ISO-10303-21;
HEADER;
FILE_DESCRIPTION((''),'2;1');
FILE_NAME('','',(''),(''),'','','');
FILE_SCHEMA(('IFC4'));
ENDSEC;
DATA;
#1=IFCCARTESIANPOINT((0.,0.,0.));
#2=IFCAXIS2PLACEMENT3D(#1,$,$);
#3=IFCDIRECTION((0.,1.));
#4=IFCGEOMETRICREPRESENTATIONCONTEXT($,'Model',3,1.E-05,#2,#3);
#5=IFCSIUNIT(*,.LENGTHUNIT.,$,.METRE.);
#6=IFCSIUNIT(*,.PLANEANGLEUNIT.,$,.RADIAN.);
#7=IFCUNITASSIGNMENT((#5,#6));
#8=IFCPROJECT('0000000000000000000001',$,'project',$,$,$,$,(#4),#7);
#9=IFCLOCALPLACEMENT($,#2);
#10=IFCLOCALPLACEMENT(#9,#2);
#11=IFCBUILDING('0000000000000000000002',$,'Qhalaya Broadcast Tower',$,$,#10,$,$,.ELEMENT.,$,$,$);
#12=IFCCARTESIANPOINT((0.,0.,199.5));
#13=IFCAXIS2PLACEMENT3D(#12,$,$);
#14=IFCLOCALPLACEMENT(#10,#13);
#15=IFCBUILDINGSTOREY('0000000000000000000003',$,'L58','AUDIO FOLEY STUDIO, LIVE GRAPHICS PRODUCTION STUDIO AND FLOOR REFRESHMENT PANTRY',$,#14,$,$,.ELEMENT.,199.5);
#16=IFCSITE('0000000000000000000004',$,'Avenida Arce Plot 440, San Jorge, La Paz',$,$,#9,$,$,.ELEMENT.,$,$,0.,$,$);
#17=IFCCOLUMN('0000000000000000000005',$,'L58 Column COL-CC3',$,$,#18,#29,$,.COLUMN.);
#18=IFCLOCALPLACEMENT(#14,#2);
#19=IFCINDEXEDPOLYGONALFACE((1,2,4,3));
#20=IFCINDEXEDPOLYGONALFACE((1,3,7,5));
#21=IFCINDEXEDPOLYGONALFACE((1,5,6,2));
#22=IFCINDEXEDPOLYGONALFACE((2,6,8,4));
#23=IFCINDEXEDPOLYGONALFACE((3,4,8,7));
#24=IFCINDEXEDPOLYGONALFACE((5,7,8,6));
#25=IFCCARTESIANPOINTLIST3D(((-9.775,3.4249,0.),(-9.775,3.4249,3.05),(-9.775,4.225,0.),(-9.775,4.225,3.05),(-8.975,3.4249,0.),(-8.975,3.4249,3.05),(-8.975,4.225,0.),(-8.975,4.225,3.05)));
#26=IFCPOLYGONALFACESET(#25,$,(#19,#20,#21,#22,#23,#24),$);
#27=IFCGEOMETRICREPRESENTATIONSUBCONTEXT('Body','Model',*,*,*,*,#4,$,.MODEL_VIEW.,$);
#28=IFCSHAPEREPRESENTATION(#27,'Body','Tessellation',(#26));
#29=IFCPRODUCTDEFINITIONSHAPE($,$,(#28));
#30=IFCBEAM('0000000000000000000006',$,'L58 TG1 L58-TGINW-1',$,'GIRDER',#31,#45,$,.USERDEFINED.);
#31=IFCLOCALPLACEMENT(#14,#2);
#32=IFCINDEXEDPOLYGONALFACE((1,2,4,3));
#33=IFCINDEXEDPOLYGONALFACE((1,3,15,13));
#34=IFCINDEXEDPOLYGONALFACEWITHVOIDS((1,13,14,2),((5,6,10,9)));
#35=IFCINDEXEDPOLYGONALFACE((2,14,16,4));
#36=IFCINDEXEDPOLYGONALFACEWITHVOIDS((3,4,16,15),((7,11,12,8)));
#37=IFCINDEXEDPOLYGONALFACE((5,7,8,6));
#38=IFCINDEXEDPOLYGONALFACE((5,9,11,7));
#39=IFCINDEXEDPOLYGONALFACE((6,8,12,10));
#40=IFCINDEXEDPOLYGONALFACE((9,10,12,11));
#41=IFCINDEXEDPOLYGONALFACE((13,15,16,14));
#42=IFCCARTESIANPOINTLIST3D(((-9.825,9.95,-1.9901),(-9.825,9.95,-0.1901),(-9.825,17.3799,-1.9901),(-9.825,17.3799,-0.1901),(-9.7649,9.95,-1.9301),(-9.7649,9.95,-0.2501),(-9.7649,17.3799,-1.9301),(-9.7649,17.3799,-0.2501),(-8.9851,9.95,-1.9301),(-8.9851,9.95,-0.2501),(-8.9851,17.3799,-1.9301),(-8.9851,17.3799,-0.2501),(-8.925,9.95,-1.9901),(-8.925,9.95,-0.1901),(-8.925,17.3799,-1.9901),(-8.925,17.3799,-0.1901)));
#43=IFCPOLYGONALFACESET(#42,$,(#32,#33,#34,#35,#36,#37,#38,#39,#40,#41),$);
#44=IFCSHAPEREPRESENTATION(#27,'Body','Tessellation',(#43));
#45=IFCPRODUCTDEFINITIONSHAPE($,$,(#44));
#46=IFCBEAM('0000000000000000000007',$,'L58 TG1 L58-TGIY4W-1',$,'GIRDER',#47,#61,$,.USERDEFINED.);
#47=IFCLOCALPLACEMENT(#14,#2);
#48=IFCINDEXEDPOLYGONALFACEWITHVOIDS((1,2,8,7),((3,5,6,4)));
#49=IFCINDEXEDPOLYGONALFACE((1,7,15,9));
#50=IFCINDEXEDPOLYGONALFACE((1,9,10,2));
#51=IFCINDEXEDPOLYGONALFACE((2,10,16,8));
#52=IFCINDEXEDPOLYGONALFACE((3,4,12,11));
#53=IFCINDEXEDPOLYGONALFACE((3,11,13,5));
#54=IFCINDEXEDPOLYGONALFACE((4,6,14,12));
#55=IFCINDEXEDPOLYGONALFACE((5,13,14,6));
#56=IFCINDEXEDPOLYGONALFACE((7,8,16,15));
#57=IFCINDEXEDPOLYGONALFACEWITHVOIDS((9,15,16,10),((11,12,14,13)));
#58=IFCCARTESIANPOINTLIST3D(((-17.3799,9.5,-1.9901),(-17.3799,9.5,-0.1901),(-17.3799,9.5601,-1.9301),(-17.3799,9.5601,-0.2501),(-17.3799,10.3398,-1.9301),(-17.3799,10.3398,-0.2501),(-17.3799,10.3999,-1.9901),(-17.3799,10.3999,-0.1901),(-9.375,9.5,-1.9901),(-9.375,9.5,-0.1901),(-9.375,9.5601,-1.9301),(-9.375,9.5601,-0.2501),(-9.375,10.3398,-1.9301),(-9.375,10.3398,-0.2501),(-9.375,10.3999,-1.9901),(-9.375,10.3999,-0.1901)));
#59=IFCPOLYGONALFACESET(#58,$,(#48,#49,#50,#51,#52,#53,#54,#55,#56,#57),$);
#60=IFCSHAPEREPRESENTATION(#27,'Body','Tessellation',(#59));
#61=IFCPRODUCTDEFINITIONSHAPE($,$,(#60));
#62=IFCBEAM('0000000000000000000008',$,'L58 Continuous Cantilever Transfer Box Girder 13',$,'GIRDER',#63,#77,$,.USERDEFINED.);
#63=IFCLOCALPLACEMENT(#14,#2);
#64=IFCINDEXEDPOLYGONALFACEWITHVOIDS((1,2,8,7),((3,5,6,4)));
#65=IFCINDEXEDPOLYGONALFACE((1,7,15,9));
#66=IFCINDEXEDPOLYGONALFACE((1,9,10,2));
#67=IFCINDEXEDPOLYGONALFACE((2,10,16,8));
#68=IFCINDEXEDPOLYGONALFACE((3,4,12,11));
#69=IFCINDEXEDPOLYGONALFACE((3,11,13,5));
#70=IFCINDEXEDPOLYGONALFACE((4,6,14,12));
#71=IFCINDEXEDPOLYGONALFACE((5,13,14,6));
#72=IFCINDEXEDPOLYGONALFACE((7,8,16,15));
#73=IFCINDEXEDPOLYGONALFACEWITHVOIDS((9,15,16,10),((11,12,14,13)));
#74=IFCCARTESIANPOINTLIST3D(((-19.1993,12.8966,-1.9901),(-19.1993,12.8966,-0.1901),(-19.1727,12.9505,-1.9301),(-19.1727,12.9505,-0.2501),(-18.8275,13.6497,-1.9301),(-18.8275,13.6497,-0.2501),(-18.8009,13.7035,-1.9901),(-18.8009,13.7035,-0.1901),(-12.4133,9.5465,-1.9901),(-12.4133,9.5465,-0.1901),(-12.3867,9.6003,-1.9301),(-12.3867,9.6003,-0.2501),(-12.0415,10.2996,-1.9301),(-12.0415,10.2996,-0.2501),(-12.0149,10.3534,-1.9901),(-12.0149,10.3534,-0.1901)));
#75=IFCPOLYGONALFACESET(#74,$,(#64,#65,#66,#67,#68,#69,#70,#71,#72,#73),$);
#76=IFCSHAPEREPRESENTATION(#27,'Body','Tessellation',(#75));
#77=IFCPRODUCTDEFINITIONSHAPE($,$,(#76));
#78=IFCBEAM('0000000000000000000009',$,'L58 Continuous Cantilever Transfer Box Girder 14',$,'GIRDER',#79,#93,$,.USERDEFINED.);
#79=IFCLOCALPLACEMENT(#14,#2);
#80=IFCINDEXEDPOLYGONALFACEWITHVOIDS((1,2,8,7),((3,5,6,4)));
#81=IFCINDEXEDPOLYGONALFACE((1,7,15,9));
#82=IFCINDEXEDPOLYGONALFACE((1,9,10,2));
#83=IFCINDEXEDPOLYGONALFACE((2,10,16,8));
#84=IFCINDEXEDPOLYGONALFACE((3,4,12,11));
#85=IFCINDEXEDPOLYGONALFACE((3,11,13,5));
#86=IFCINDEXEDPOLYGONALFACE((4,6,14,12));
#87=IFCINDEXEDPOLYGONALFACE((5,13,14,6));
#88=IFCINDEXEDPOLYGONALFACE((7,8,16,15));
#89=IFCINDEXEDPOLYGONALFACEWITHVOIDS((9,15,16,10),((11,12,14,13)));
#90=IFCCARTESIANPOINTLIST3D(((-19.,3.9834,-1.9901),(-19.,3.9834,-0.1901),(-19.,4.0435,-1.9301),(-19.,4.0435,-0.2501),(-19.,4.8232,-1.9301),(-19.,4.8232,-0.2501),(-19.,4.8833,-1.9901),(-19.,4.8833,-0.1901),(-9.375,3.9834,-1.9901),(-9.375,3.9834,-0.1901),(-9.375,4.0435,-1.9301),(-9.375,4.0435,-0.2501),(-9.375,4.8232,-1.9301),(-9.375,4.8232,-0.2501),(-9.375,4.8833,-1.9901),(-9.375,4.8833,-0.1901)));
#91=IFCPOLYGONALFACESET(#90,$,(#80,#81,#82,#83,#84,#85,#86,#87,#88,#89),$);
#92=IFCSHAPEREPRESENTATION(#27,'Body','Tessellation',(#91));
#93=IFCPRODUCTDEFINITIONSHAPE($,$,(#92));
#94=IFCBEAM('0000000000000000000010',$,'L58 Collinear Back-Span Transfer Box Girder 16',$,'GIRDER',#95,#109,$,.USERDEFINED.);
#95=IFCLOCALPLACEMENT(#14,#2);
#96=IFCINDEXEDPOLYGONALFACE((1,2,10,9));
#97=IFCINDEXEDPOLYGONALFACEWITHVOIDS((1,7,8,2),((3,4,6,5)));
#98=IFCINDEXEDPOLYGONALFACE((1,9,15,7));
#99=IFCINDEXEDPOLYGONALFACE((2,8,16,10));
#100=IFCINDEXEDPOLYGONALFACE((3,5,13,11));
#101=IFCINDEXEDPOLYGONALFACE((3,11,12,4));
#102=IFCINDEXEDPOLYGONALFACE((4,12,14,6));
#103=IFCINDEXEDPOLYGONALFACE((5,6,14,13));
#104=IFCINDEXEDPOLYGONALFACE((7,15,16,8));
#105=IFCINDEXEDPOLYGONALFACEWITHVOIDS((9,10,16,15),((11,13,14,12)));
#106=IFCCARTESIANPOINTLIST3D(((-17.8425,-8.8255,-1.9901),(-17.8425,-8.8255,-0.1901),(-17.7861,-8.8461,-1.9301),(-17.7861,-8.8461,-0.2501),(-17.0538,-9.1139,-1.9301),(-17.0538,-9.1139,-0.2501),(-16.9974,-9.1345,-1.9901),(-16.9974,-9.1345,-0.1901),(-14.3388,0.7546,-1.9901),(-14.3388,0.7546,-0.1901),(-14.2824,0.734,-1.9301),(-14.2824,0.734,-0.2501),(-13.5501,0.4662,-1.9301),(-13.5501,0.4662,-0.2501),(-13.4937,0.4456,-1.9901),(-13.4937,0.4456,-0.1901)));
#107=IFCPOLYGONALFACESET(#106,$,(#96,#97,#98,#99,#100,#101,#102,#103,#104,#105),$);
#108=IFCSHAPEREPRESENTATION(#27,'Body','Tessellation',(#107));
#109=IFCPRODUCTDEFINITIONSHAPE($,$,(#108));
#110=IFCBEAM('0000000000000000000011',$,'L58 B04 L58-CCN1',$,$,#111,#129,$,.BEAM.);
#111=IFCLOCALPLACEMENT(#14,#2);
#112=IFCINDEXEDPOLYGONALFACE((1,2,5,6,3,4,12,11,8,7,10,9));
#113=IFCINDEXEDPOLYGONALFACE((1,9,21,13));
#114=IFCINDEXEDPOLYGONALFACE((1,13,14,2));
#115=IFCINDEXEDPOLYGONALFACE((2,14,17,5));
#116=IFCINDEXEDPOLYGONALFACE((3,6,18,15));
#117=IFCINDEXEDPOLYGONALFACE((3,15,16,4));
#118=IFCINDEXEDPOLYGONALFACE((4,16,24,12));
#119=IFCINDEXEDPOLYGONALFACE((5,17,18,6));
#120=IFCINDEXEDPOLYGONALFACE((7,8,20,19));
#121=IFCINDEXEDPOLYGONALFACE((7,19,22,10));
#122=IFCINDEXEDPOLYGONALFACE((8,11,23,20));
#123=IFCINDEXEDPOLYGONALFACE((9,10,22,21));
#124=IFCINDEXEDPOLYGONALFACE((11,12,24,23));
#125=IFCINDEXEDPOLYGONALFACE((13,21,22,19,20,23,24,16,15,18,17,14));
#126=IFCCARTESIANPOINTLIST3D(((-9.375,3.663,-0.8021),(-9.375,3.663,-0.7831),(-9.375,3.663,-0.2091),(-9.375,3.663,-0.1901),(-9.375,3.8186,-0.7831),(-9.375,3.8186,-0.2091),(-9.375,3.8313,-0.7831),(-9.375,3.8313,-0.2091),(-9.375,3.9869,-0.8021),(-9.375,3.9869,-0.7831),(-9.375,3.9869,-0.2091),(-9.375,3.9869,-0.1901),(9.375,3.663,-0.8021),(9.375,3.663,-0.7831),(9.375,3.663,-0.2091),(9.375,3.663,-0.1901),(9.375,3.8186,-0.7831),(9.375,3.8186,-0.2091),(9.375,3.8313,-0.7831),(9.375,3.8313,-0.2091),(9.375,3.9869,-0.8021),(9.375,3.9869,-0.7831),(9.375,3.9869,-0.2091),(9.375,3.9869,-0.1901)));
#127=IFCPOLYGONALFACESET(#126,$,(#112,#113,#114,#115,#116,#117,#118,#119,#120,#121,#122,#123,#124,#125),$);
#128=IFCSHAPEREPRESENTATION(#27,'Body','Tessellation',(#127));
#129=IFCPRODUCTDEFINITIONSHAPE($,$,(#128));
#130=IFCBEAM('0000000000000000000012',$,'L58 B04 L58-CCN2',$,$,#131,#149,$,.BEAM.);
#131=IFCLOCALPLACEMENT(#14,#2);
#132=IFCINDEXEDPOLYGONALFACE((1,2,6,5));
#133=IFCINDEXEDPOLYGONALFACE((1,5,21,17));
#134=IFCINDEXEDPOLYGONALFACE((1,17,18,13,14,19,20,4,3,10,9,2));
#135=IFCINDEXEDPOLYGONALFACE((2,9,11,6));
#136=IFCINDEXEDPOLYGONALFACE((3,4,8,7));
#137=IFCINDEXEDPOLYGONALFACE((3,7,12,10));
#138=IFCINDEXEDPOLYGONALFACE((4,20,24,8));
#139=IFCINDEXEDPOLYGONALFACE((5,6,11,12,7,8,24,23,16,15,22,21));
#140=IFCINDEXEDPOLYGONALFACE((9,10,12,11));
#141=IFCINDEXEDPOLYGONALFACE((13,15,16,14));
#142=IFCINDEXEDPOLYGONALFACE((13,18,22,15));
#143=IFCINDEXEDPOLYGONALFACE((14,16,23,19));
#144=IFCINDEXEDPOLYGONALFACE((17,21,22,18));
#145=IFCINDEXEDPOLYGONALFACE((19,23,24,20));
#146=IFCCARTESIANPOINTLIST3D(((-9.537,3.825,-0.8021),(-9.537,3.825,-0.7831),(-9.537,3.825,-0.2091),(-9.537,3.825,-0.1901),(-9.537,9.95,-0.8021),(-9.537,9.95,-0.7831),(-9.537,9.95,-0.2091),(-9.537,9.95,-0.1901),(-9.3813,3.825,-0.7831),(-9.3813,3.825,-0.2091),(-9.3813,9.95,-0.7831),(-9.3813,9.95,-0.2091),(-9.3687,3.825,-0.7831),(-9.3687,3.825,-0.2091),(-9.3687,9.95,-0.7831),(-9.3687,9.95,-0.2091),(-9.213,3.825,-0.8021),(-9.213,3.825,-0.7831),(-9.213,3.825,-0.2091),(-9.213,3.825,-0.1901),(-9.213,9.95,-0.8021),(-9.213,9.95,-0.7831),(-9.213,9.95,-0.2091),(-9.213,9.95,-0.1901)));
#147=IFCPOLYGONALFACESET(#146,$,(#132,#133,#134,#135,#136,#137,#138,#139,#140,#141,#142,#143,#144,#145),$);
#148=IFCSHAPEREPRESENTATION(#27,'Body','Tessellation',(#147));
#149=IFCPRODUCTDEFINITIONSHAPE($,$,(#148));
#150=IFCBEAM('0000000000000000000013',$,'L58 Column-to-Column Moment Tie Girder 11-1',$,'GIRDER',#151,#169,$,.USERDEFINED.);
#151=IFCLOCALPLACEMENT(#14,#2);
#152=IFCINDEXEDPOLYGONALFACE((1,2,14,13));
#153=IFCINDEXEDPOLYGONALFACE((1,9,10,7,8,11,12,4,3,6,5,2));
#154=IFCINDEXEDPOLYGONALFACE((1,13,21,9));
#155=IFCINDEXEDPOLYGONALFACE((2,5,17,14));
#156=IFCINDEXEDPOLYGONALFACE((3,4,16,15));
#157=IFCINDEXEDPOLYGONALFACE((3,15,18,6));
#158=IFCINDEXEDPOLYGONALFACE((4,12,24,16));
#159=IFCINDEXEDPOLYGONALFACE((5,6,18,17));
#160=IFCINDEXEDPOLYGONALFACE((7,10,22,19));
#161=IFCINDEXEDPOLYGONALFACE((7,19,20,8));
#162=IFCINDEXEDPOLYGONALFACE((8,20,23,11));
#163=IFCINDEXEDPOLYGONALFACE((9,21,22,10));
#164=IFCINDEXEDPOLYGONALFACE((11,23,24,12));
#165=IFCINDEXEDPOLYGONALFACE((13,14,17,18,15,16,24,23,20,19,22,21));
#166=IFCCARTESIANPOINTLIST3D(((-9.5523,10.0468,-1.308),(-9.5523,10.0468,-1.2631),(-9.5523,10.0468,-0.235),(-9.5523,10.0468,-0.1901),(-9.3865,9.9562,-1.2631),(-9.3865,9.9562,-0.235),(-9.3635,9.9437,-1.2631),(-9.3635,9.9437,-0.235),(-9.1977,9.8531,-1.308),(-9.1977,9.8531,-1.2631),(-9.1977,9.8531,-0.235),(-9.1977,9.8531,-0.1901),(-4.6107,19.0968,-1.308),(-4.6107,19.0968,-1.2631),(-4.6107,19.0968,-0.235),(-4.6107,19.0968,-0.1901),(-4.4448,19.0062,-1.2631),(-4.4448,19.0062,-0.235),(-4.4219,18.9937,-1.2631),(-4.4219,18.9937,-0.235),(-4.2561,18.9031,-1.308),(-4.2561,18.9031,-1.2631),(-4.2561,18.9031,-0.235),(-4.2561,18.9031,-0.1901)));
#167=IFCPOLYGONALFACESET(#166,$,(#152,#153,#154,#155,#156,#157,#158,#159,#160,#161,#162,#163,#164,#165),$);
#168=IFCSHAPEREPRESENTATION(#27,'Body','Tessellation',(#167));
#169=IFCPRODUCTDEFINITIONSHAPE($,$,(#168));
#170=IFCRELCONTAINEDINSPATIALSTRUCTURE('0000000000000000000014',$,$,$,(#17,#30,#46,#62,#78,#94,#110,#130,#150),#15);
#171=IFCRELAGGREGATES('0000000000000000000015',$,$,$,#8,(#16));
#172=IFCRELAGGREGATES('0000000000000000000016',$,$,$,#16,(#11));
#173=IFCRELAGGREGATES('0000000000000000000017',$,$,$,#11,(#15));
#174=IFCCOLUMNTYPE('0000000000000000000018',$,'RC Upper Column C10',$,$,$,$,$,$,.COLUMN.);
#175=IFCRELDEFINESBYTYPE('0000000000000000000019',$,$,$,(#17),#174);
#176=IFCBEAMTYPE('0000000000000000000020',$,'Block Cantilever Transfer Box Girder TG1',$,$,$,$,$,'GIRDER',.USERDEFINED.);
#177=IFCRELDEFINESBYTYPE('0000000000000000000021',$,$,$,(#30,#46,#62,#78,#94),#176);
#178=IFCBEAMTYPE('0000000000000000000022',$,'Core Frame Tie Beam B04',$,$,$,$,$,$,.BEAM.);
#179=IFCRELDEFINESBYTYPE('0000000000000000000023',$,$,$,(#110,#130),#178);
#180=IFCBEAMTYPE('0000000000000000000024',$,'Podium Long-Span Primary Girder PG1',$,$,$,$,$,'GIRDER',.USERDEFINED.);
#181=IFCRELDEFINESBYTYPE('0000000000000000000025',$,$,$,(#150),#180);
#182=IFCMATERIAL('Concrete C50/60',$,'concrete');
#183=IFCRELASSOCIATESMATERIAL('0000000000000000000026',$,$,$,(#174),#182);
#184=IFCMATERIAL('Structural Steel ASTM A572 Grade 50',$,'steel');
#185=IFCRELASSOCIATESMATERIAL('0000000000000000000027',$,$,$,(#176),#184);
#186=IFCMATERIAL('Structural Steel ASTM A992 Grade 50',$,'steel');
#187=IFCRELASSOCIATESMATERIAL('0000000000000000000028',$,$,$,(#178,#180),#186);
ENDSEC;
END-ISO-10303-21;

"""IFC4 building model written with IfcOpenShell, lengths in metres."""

from ifc_helpers import new_model, si_unit, direction, frame, origin, origin_2d, place, context, subcontext, project, spatial, rectangle, hollow_rectangle, i_section, extrude, material, material_profile, profile_set, type_object, element, save


model = new_model("IFC4")

# Units and contexts
model_context = context("Model", 3, precision=1e-05, world=origin(), true_north=direction((0.0, 1.0)))
body_context = subcontext(model_context, "Body", "Model", "MODEL_VIEW")
ifc_project = project(units=[si_unit("LENGTHUNIT", "METRE"), si_unit("PLANEANGLEUNIT", "RADIAN")], contexts=[model_context])

# Site, building, storey
site_placement = place(None, origin())
site = spatial("IfcSite", under=ifc_project, at=site_placement, Name="Avenida Arce Plot 440, San Jorge, La Paz", CompositionType="ELEMENT", RefElevation=0.0)
building_placement = place(site_placement, origin())
building = spatial("IfcBuilding", under=site, at=building_placement, Name="Qhalaya Broadcast Tower", CompositionType="ELEMENT")
storey_placement = place(building_placement, frame((0.0, 0.0, 199.5)))
storey = spatial("IfcBuildingStorey", under=building, at=storey_placement, Name="L58", Description="AUDIO FOLEY STUDIO, LIVE GRAPHICS PRODUCTION STUDIO AND FLOOR REFRESHMENT PANTRY", CompositionType="ELEMENT", Elevation=199.5)

# Column
ifc_material_1 = material(Name="Concrete C50/60", Category="concrete")
ifc_material_profile_1 = material_profile(ifc_material_1, rectangle(XDim=0.8, YDim=0.8, at=origin_2d()), Name="RC-COL 800x800")
ifc_profile_set_1 = profile_set([ifc_material_profile_1], Name="Concrete C50/60")
column_type = type_object("IfcColumnType", Name="RC Upper Column C10", PredefinedType="COLUMN", material=ifc_profile_set_1)
column_placement = place(storey_placement, frame((-9.375, 3.825, 0.0), z_axis=(0.0, 0.0, 1.0), x_axis=(1.0, 0.0, 0.0)))
element("IfcColumn", 1, at=column_placement, inside=storey, type_object=column_type, Name="L58 Column COL-CC3", PredefinedType="COLUMN", context=body_context, shape_type="SweptSolid", body=[
    extrude(rectangle(XDim=0.8, YDim=0.8, at=origin_2d()), origin(), (0.0, 0.0, 1.0), 3.05),
])

# Beams
ifc_material_2 = material(Name="Structural Steel ASTM A572 Grade 50", Category="steel")
ifc_material_profile_2 = material_profile(ifc_material_2, hollow_rectangle(XDim=0.8999, YDim=1.8, WallThickness=0.0601, at=origin_2d()), Name="BOX 900x1800x60")
ifc_profile_set_2 = profile_set([ifc_material_profile_2], Name="Structural Steel ASTM A572 Grade 50")
beam_type_1 = type_object("IfcBeamType", Name="Block Cantilever Transfer Box Girder TG1", ElementType="GIRDER", PredefinedType="USERDEFINED", material=ifc_profile_set_2)
beam_1_placement = place(storey_placement, frame((-9.375, 9.95, -1.0901), z_axis=(0.0, 1.0, 0.0), x_axis=(-1.0, 0.0, 0.0)))
element("IfcBeam", 2, at=beam_1_placement, inside=storey, type_object=beam_type_1, Name="L58 TG1 L58-TGINW-1", ObjectType="GIRDER", PredefinedType="USERDEFINED", context=body_context, shape_type="SweptSolid", body=[
    extrude(hollow_rectangle(XDim=0.8999, YDim=1.8, WallThickness=0.0601, at=origin_2d()), origin(), (0.0, 0.0, 1.0), 7.4299),
])
beam_2_placement = place(storey_placement, frame((-17.3799, 9.95, -1.0901), z_axis=(1.0, 0.0, 0.0), x_axis=(0.0, 1.0, 0.0)))
element("IfcBeam", 3, at=beam_2_placement, inside=storey, type_object=beam_type_1, Name="L58 TG1 L58-TGIY4W-1", ObjectType="GIRDER", PredefinedType="USERDEFINED", context=body_context, shape_type="SweptSolid", body=[
    extrude(hollow_rectangle(XDim=0.8999, YDim=1.8, WallThickness=0.0601, at=origin_2d()), origin(), (0.0, 0.0, 1.0), 8.0049),
])
beam_3_placement = place(storey_placement, frame((-12.2141, 9.95, -1.0901), z_axis=(-0.89668, 0.442678, 0.0), x_axis=(-0.442678, -0.89668, 0.0)))
element("IfcBeam", 4, at=beam_3_placement, inside=storey, type_object=beam_type_1, Name="L58 Continuous Cantilever Transfer Box Girder 13", ObjectType="GIRDER", PredefinedType="USERDEFINED", context=body_context, shape_type="SweptSolid", body=[
    extrude(hollow_rectangle(XDim=0.8999, YDim=1.8, WallThickness=0.0601, at=origin_2d()), origin(), (0.0, 0.0, 1.0), 7.5679),
])
beam_4_placement = place(storey_placement, frame((-9.375, 4.4333, -1.0901), z_axis=(-1.0, 0.0, 0.0), x_axis=(0.0, -1.0, 0.0)))
element("IfcBeam", 5, at=beam_4_placement, inside=storey, type_object=beam_type_1, Name="L58 Continuous Cantilever Transfer Box Girder 14", ObjectType="GIRDER", PredefinedType="USERDEFINED", context=body_context, shape_type="SweptSolid", body=[
    extrude(hollow_rectangle(XDim=0.8999, YDim=1.8, WallThickness=0.0601, at=origin_2d()), origin(), (0.0, 0.0, 1.0), 9.625),
])
beam_5_placement = place(storey_placement, frame((-13.9163, 0.6001, -1.0901), z_axis=(-0.343474, -0.939162, 0.0), x_axis=(0.939162, -0.343474, 0.0)))
element("IfcBeam", 6, at=beam_5_placement, inside=storey, type_object=beam_type_1, Name="L58 Collinear Back-Span Transfer Box Girder 16", ObjectType="GIRDER", PredefinedType="USERDEFINED", context=body_context, shape_type="SweptSolid", body=[
    extrude(hollow_rectangle(XDim=0.8999, YDim=1.8, WallThickness=0.0601, at=origin_2d()), origin(), (0.0, 0.0, 1.0), 10.2007),
])
ifc_material_3 = material(Name="Structural Steel ASTM A992 Grade 50", Category="steel")
ifc_material_profile_3 = material_profile(ifc_material_3, i_section(OverallWidth=0.324, OverallDepth=0.6121, WebThickness=0.0127, FlangeThickness=0.019, at=origin_2d()), Name="W24X104")
ifc_profile_set_3 = profile_set([ifc_material_profile_3], Name="Structural Steel ASTM A992 Grade 50")
beam_type_2 = type_object("IfcBeamType", Name="Core Frame Tie Beam B04", PredefinedType="BEAM", material=ifc_profile_set_3)
beam_6_placement = place(storey_placement, frame((-9.375, 3.825, -0.4961), z_axis=(1.0, 0.0, 0.0), x_axis=(0.0, 1.0, 0.0)))
element("IfcBeam", 7, at=beam_6_placement, inside=storey, type_object=beam_type_2, Name="L58 B04 L58-CCN1", PredefinedType="BEAM", context=body_context, shape_type="SweptSolid", body=[
    extrude(i_section(OverallWidth=0.324, OverallDepth=0.6121, WebThickness=0.0127, FlangeThickness=0.019, at=origin_2d()), origin(), (0.0, 0.0, 1.0), 18.75),
])
beam_7_placement = place(storey_placement, frame((-9.375, 3.825, -0.4961), z_axis=(0.0, 1.0, 0.0), x_axis=(-1.0, 0.0, 0.0)))
element("IfcBeam", 8, at=beam_7_placement, inside=storey, type_object=beam_type_2, Name="L58 B04 L58-CCN2", PredefinedType="BEAM", context=body_context, shape_type="SweptSolid", body=[
    extrude(i_section(OverallWidth=0.324, OverallDepth=0.6121, WebThickness=0.0127, FlangeThickness=0.019, at=origin_2d()), origin(), (0.0, 0.0, 1.0), 6.125),
])
ifc_material_profile_4 = material_profile(ifc_material_3, i_section(OverallWidth=0.4041, OverallDepth=1.1179, WebThickness=0.0261, FlangeThickness=0.0449, at=origin_2d()), Name="W44X335")
ifc_profile_set_4 = profile_set([ifc_material_profile_4], Name="Structural Steel ASTM A992 Grade 50")
beam_type_3 = type_object("IfcBeamType", Name="Podium Long-Span Primary Girder PG1", ElementType="GIRDER", PredefinedType="USERDEFINED", material=ifc_profile_set_4)
beam_8_placement = place(storey_placement, frame((-9.375, 9.95, -0.749), z_axis=(0.479245, 0.877681, 0.0), x_axis=(-0.877681, 0.479245, 0.0)))
element("IfcBeam", 9, at=beam_8_placement, inside=storey, type_object=beam_type_3, Name="L58 Column-to-Column Moment Tie Girder 11-1", ObjectType="GIRDER", PredefinedType="USERDEFINED", context=body_context, shape_type="SweptSolid", body=[
    extrude(i_section(OverallWidth=0.4041, OverallDepth=1.1179, WebThickness=0.0261, FlangeThickness=0.0449, at=origin_2d()), origin(), (0.0, 0.0, 1.0), 10.3113),
])

save(model, "model.ifc")
